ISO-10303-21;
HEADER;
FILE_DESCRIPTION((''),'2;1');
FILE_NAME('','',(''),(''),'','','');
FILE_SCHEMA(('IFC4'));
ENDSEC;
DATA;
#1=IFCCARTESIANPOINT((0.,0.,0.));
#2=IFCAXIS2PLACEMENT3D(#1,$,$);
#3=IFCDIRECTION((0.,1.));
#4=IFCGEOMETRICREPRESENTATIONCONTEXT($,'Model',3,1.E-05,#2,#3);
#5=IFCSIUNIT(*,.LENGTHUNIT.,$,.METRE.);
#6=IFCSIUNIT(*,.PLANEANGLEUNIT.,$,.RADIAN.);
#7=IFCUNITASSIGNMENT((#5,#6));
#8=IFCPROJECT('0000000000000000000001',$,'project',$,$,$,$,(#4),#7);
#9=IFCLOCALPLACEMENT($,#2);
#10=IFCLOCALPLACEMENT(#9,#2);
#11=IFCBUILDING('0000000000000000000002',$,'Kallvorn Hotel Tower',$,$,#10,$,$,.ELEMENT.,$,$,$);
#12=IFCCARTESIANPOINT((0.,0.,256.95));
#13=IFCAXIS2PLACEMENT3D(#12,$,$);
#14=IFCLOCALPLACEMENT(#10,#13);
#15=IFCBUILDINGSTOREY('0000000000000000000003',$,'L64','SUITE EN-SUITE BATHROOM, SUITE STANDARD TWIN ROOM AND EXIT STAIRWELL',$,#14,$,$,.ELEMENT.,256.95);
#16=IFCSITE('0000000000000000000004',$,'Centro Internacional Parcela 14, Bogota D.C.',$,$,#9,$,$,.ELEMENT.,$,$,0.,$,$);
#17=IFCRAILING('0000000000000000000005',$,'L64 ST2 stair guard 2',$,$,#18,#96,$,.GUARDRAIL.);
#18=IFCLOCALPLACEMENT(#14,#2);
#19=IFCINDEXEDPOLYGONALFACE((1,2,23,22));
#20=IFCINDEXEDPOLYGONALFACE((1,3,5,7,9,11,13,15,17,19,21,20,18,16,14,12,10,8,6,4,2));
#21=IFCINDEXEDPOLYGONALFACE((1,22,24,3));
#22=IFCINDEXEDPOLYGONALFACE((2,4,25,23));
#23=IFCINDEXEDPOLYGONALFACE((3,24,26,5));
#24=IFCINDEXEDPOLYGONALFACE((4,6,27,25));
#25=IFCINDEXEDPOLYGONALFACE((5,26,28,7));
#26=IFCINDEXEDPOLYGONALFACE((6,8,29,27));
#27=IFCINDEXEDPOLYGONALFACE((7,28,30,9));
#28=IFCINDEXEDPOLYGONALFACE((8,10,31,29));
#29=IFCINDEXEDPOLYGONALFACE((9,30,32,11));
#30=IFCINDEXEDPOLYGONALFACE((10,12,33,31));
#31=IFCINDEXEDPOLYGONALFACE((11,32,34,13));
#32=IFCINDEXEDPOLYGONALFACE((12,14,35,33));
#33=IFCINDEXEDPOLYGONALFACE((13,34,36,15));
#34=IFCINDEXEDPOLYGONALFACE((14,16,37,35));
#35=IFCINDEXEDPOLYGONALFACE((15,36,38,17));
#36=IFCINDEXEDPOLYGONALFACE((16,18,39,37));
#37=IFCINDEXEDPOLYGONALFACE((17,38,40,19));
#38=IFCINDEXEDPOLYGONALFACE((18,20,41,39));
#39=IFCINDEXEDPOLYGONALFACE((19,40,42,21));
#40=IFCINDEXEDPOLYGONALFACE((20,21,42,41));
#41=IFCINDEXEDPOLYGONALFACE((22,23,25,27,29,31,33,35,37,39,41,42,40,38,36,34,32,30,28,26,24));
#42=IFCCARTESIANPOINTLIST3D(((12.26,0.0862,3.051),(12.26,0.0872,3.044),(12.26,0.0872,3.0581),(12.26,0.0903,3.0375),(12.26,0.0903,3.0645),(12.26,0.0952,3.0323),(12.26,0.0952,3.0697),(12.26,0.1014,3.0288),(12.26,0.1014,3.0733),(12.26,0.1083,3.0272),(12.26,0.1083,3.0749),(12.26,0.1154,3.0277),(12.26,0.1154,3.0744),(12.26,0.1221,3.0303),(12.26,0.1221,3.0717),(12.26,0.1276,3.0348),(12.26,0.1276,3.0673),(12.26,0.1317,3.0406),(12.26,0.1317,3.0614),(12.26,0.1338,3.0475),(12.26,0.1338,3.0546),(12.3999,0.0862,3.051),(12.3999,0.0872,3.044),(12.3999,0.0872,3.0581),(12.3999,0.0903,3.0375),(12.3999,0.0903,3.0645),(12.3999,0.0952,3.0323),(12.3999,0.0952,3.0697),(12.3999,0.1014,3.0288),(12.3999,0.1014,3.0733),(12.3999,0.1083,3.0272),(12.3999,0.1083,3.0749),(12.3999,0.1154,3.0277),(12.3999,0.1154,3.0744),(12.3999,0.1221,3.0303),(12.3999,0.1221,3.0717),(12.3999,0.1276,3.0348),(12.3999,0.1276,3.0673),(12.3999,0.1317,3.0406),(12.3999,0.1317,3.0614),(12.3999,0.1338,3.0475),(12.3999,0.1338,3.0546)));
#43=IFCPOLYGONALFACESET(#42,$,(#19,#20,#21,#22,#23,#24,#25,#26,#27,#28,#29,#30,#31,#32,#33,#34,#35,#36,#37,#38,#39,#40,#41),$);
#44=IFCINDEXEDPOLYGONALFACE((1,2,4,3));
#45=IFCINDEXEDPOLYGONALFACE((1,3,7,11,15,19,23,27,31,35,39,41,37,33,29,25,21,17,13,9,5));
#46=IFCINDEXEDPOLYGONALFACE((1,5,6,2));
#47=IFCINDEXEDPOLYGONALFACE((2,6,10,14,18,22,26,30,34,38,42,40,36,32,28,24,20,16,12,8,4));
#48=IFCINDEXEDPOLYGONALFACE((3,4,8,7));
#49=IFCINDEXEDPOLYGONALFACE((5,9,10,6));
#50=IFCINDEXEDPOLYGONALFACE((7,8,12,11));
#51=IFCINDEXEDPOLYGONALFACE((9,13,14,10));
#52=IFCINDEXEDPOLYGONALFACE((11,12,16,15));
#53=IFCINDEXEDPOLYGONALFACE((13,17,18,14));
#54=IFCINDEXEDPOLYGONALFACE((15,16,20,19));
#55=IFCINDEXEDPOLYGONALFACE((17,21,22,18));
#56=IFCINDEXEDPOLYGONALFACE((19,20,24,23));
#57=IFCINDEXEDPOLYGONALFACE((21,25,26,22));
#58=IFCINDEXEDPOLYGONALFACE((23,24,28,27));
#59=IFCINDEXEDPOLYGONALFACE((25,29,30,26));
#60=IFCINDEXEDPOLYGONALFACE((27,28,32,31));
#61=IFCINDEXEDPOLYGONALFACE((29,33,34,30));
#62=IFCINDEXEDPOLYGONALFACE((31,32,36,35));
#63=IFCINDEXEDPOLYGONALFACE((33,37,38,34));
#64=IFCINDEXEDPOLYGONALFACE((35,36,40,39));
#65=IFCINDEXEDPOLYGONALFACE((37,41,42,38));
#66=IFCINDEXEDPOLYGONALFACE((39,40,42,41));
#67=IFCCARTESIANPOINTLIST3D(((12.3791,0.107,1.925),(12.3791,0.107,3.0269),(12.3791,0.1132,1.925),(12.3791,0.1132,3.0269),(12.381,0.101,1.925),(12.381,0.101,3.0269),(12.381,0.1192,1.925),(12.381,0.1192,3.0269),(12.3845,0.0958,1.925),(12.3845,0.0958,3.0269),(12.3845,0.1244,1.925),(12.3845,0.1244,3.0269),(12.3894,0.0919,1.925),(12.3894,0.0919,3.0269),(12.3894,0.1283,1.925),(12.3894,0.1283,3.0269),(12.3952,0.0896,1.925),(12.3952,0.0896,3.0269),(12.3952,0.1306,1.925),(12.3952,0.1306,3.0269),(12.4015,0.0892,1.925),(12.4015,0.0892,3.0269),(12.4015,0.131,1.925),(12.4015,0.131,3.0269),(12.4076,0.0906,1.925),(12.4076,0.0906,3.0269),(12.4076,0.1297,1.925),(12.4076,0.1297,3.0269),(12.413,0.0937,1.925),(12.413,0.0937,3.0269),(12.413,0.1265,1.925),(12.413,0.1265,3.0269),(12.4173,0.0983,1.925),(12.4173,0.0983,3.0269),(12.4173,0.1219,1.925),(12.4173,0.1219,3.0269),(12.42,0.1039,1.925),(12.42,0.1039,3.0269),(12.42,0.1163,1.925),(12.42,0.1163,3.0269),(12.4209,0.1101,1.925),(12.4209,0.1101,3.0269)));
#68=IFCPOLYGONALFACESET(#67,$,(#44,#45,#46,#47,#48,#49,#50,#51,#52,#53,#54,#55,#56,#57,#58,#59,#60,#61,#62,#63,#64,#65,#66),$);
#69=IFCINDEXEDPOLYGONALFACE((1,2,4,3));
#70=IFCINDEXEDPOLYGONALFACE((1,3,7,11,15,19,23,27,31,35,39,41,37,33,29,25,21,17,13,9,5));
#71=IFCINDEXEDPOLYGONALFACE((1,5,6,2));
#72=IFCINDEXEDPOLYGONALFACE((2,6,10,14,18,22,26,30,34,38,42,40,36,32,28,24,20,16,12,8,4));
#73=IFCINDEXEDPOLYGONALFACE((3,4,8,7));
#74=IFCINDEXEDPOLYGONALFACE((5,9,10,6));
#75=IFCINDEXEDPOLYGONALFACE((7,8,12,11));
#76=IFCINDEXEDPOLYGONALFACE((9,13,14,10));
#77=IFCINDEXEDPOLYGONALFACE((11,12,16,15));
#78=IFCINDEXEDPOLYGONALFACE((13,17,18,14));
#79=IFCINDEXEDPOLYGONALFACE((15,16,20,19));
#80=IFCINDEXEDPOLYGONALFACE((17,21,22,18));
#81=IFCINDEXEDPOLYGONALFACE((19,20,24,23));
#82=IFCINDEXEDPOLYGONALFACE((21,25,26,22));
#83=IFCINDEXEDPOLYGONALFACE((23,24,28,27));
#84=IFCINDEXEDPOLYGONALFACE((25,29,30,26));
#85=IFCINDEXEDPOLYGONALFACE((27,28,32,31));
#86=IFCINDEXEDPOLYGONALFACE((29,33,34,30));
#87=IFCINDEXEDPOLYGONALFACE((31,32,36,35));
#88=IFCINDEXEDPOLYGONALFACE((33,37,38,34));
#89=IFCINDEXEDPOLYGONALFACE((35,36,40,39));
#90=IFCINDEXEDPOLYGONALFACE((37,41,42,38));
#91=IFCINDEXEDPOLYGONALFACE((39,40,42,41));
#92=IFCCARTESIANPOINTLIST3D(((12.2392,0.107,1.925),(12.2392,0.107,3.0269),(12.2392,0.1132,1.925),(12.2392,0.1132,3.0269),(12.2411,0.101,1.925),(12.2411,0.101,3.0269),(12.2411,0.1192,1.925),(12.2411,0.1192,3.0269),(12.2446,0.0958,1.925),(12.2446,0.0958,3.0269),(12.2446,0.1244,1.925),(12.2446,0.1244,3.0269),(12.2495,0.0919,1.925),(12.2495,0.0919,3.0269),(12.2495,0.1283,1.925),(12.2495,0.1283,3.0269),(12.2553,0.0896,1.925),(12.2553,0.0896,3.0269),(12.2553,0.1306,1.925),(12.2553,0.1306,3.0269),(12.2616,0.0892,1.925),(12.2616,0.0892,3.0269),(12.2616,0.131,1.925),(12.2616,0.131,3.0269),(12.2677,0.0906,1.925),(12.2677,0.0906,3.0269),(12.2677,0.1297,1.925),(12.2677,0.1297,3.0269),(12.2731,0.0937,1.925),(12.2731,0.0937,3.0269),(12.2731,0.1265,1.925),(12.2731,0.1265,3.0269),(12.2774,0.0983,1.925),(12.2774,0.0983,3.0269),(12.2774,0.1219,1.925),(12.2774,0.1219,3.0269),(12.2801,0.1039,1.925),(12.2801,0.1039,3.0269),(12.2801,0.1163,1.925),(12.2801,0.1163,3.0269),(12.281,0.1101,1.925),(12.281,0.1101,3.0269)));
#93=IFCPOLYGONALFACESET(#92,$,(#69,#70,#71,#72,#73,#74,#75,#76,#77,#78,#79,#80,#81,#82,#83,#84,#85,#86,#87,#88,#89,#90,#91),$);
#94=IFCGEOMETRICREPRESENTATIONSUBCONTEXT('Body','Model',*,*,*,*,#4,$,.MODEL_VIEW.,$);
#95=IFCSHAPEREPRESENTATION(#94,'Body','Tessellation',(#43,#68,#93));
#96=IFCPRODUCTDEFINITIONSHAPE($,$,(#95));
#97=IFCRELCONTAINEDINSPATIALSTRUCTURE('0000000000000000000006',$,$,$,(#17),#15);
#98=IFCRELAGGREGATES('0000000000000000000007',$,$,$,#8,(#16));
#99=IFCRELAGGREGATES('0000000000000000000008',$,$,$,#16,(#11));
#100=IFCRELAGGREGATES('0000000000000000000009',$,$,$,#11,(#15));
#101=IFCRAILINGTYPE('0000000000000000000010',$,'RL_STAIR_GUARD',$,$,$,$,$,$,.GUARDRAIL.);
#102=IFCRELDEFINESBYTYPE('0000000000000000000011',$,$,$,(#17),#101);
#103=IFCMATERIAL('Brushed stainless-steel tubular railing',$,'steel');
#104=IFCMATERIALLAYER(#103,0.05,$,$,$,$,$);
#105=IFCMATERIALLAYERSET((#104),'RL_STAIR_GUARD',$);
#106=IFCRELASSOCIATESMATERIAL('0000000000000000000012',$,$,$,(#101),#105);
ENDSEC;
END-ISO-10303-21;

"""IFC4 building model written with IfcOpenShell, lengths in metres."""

from ifc_helpers import new_model, si_unit, direction, frame, origin, origin_2d, place, context, subcontext, project, spatial, circle, extrude, material, layer, layer_set, type_object, element, save


model = new_model("IFC4")

# Units and contexts
model_context = context("Model", 3, precision=1e-05, world=origin(), true_north=direction((0.0, 1.0)))
body_context = subcontext(model_context, "Body", "Model", "MODEL_VIEW")
ifc_project = project(units=[si_unit("LENGTHUNIT", "METRE"), si_unit("PLANEANGLEUNIT", "RADIAN")], contexts=[model_context])

# Site, building, storey
site_placement = place(None, origin())
site = spatial("IfcSite", under=ifc_project, at=site_placement, Name="Centro Internacional Parcela 14, Bogota D.C.", CompositionType="ELEMENT", RefElevation=0.0)
building_placement = place(site_placement, origin())
building = spatial("IfcBuilding", under=site, at=building_placement, Name="Kallvorn Hotel Tower", CompositionType="ELEMENT")
storey_placement = place(building_placement, frame((0.0, 0.0, 256.95)))
storey = spatial("IfcBuildingStorey", under=building, at=storey_placement, Name="L64", Description="SUITE EN-SUITE BATHROOM, SUITE STANDARD TWIN ROOM AND EXIT STAIRWELL", CompositionType="ELEMENT", Elevation=256.95)

# Railing
ifc_material_1 = material(Name="Brushed stainless-steel tubular railing", Category="steel")
ifc_layer_1 = layer(ifc_material_1, 0.05)
ifc_layer_set_1 = layer_set([ifc_layer_1], Name="RL_STAIR_GUARD")
railing_type_1 = type_object("IfcRailingType", Name="RL_STAIR_GUARD", PredefinedType="GUARDRAIL", material=ifc_layer_set_1)
railing_1_placement = place(storey_placement, frame((12.3999, 0.1101, 1.925)))
element("IfcRailing", 1, at=railing_1_placement, inside=storey, type_object=railing_type_1, Name="L64 ST2 stair guard 2", PredefinedType="GUARDRAIL", context=body_context, shape_type="SweptSolid", body=[
    extrude(circle(Radius=0.0239, at=origin_2d()), frame((0.0, 0.0, 1.126), z_axis=(-1.0, 0.0, 0.0), x_axis=(0.0, -1.0, 0.0)), (0.0, 0.0, 1.0), 0.1399),
    extrude(circle(Radius=0.021, at=origin_2d()), origin(), (0.0, 0.0, 1.0), 1.1018),
    extrude(circle(Radius=0.021, at=origin_2d()), frame((-0.1399, 0.0, 0.0)), (0.0, 0.0, 1.0), 1.1018),
])

save(model, "model.ifc")
